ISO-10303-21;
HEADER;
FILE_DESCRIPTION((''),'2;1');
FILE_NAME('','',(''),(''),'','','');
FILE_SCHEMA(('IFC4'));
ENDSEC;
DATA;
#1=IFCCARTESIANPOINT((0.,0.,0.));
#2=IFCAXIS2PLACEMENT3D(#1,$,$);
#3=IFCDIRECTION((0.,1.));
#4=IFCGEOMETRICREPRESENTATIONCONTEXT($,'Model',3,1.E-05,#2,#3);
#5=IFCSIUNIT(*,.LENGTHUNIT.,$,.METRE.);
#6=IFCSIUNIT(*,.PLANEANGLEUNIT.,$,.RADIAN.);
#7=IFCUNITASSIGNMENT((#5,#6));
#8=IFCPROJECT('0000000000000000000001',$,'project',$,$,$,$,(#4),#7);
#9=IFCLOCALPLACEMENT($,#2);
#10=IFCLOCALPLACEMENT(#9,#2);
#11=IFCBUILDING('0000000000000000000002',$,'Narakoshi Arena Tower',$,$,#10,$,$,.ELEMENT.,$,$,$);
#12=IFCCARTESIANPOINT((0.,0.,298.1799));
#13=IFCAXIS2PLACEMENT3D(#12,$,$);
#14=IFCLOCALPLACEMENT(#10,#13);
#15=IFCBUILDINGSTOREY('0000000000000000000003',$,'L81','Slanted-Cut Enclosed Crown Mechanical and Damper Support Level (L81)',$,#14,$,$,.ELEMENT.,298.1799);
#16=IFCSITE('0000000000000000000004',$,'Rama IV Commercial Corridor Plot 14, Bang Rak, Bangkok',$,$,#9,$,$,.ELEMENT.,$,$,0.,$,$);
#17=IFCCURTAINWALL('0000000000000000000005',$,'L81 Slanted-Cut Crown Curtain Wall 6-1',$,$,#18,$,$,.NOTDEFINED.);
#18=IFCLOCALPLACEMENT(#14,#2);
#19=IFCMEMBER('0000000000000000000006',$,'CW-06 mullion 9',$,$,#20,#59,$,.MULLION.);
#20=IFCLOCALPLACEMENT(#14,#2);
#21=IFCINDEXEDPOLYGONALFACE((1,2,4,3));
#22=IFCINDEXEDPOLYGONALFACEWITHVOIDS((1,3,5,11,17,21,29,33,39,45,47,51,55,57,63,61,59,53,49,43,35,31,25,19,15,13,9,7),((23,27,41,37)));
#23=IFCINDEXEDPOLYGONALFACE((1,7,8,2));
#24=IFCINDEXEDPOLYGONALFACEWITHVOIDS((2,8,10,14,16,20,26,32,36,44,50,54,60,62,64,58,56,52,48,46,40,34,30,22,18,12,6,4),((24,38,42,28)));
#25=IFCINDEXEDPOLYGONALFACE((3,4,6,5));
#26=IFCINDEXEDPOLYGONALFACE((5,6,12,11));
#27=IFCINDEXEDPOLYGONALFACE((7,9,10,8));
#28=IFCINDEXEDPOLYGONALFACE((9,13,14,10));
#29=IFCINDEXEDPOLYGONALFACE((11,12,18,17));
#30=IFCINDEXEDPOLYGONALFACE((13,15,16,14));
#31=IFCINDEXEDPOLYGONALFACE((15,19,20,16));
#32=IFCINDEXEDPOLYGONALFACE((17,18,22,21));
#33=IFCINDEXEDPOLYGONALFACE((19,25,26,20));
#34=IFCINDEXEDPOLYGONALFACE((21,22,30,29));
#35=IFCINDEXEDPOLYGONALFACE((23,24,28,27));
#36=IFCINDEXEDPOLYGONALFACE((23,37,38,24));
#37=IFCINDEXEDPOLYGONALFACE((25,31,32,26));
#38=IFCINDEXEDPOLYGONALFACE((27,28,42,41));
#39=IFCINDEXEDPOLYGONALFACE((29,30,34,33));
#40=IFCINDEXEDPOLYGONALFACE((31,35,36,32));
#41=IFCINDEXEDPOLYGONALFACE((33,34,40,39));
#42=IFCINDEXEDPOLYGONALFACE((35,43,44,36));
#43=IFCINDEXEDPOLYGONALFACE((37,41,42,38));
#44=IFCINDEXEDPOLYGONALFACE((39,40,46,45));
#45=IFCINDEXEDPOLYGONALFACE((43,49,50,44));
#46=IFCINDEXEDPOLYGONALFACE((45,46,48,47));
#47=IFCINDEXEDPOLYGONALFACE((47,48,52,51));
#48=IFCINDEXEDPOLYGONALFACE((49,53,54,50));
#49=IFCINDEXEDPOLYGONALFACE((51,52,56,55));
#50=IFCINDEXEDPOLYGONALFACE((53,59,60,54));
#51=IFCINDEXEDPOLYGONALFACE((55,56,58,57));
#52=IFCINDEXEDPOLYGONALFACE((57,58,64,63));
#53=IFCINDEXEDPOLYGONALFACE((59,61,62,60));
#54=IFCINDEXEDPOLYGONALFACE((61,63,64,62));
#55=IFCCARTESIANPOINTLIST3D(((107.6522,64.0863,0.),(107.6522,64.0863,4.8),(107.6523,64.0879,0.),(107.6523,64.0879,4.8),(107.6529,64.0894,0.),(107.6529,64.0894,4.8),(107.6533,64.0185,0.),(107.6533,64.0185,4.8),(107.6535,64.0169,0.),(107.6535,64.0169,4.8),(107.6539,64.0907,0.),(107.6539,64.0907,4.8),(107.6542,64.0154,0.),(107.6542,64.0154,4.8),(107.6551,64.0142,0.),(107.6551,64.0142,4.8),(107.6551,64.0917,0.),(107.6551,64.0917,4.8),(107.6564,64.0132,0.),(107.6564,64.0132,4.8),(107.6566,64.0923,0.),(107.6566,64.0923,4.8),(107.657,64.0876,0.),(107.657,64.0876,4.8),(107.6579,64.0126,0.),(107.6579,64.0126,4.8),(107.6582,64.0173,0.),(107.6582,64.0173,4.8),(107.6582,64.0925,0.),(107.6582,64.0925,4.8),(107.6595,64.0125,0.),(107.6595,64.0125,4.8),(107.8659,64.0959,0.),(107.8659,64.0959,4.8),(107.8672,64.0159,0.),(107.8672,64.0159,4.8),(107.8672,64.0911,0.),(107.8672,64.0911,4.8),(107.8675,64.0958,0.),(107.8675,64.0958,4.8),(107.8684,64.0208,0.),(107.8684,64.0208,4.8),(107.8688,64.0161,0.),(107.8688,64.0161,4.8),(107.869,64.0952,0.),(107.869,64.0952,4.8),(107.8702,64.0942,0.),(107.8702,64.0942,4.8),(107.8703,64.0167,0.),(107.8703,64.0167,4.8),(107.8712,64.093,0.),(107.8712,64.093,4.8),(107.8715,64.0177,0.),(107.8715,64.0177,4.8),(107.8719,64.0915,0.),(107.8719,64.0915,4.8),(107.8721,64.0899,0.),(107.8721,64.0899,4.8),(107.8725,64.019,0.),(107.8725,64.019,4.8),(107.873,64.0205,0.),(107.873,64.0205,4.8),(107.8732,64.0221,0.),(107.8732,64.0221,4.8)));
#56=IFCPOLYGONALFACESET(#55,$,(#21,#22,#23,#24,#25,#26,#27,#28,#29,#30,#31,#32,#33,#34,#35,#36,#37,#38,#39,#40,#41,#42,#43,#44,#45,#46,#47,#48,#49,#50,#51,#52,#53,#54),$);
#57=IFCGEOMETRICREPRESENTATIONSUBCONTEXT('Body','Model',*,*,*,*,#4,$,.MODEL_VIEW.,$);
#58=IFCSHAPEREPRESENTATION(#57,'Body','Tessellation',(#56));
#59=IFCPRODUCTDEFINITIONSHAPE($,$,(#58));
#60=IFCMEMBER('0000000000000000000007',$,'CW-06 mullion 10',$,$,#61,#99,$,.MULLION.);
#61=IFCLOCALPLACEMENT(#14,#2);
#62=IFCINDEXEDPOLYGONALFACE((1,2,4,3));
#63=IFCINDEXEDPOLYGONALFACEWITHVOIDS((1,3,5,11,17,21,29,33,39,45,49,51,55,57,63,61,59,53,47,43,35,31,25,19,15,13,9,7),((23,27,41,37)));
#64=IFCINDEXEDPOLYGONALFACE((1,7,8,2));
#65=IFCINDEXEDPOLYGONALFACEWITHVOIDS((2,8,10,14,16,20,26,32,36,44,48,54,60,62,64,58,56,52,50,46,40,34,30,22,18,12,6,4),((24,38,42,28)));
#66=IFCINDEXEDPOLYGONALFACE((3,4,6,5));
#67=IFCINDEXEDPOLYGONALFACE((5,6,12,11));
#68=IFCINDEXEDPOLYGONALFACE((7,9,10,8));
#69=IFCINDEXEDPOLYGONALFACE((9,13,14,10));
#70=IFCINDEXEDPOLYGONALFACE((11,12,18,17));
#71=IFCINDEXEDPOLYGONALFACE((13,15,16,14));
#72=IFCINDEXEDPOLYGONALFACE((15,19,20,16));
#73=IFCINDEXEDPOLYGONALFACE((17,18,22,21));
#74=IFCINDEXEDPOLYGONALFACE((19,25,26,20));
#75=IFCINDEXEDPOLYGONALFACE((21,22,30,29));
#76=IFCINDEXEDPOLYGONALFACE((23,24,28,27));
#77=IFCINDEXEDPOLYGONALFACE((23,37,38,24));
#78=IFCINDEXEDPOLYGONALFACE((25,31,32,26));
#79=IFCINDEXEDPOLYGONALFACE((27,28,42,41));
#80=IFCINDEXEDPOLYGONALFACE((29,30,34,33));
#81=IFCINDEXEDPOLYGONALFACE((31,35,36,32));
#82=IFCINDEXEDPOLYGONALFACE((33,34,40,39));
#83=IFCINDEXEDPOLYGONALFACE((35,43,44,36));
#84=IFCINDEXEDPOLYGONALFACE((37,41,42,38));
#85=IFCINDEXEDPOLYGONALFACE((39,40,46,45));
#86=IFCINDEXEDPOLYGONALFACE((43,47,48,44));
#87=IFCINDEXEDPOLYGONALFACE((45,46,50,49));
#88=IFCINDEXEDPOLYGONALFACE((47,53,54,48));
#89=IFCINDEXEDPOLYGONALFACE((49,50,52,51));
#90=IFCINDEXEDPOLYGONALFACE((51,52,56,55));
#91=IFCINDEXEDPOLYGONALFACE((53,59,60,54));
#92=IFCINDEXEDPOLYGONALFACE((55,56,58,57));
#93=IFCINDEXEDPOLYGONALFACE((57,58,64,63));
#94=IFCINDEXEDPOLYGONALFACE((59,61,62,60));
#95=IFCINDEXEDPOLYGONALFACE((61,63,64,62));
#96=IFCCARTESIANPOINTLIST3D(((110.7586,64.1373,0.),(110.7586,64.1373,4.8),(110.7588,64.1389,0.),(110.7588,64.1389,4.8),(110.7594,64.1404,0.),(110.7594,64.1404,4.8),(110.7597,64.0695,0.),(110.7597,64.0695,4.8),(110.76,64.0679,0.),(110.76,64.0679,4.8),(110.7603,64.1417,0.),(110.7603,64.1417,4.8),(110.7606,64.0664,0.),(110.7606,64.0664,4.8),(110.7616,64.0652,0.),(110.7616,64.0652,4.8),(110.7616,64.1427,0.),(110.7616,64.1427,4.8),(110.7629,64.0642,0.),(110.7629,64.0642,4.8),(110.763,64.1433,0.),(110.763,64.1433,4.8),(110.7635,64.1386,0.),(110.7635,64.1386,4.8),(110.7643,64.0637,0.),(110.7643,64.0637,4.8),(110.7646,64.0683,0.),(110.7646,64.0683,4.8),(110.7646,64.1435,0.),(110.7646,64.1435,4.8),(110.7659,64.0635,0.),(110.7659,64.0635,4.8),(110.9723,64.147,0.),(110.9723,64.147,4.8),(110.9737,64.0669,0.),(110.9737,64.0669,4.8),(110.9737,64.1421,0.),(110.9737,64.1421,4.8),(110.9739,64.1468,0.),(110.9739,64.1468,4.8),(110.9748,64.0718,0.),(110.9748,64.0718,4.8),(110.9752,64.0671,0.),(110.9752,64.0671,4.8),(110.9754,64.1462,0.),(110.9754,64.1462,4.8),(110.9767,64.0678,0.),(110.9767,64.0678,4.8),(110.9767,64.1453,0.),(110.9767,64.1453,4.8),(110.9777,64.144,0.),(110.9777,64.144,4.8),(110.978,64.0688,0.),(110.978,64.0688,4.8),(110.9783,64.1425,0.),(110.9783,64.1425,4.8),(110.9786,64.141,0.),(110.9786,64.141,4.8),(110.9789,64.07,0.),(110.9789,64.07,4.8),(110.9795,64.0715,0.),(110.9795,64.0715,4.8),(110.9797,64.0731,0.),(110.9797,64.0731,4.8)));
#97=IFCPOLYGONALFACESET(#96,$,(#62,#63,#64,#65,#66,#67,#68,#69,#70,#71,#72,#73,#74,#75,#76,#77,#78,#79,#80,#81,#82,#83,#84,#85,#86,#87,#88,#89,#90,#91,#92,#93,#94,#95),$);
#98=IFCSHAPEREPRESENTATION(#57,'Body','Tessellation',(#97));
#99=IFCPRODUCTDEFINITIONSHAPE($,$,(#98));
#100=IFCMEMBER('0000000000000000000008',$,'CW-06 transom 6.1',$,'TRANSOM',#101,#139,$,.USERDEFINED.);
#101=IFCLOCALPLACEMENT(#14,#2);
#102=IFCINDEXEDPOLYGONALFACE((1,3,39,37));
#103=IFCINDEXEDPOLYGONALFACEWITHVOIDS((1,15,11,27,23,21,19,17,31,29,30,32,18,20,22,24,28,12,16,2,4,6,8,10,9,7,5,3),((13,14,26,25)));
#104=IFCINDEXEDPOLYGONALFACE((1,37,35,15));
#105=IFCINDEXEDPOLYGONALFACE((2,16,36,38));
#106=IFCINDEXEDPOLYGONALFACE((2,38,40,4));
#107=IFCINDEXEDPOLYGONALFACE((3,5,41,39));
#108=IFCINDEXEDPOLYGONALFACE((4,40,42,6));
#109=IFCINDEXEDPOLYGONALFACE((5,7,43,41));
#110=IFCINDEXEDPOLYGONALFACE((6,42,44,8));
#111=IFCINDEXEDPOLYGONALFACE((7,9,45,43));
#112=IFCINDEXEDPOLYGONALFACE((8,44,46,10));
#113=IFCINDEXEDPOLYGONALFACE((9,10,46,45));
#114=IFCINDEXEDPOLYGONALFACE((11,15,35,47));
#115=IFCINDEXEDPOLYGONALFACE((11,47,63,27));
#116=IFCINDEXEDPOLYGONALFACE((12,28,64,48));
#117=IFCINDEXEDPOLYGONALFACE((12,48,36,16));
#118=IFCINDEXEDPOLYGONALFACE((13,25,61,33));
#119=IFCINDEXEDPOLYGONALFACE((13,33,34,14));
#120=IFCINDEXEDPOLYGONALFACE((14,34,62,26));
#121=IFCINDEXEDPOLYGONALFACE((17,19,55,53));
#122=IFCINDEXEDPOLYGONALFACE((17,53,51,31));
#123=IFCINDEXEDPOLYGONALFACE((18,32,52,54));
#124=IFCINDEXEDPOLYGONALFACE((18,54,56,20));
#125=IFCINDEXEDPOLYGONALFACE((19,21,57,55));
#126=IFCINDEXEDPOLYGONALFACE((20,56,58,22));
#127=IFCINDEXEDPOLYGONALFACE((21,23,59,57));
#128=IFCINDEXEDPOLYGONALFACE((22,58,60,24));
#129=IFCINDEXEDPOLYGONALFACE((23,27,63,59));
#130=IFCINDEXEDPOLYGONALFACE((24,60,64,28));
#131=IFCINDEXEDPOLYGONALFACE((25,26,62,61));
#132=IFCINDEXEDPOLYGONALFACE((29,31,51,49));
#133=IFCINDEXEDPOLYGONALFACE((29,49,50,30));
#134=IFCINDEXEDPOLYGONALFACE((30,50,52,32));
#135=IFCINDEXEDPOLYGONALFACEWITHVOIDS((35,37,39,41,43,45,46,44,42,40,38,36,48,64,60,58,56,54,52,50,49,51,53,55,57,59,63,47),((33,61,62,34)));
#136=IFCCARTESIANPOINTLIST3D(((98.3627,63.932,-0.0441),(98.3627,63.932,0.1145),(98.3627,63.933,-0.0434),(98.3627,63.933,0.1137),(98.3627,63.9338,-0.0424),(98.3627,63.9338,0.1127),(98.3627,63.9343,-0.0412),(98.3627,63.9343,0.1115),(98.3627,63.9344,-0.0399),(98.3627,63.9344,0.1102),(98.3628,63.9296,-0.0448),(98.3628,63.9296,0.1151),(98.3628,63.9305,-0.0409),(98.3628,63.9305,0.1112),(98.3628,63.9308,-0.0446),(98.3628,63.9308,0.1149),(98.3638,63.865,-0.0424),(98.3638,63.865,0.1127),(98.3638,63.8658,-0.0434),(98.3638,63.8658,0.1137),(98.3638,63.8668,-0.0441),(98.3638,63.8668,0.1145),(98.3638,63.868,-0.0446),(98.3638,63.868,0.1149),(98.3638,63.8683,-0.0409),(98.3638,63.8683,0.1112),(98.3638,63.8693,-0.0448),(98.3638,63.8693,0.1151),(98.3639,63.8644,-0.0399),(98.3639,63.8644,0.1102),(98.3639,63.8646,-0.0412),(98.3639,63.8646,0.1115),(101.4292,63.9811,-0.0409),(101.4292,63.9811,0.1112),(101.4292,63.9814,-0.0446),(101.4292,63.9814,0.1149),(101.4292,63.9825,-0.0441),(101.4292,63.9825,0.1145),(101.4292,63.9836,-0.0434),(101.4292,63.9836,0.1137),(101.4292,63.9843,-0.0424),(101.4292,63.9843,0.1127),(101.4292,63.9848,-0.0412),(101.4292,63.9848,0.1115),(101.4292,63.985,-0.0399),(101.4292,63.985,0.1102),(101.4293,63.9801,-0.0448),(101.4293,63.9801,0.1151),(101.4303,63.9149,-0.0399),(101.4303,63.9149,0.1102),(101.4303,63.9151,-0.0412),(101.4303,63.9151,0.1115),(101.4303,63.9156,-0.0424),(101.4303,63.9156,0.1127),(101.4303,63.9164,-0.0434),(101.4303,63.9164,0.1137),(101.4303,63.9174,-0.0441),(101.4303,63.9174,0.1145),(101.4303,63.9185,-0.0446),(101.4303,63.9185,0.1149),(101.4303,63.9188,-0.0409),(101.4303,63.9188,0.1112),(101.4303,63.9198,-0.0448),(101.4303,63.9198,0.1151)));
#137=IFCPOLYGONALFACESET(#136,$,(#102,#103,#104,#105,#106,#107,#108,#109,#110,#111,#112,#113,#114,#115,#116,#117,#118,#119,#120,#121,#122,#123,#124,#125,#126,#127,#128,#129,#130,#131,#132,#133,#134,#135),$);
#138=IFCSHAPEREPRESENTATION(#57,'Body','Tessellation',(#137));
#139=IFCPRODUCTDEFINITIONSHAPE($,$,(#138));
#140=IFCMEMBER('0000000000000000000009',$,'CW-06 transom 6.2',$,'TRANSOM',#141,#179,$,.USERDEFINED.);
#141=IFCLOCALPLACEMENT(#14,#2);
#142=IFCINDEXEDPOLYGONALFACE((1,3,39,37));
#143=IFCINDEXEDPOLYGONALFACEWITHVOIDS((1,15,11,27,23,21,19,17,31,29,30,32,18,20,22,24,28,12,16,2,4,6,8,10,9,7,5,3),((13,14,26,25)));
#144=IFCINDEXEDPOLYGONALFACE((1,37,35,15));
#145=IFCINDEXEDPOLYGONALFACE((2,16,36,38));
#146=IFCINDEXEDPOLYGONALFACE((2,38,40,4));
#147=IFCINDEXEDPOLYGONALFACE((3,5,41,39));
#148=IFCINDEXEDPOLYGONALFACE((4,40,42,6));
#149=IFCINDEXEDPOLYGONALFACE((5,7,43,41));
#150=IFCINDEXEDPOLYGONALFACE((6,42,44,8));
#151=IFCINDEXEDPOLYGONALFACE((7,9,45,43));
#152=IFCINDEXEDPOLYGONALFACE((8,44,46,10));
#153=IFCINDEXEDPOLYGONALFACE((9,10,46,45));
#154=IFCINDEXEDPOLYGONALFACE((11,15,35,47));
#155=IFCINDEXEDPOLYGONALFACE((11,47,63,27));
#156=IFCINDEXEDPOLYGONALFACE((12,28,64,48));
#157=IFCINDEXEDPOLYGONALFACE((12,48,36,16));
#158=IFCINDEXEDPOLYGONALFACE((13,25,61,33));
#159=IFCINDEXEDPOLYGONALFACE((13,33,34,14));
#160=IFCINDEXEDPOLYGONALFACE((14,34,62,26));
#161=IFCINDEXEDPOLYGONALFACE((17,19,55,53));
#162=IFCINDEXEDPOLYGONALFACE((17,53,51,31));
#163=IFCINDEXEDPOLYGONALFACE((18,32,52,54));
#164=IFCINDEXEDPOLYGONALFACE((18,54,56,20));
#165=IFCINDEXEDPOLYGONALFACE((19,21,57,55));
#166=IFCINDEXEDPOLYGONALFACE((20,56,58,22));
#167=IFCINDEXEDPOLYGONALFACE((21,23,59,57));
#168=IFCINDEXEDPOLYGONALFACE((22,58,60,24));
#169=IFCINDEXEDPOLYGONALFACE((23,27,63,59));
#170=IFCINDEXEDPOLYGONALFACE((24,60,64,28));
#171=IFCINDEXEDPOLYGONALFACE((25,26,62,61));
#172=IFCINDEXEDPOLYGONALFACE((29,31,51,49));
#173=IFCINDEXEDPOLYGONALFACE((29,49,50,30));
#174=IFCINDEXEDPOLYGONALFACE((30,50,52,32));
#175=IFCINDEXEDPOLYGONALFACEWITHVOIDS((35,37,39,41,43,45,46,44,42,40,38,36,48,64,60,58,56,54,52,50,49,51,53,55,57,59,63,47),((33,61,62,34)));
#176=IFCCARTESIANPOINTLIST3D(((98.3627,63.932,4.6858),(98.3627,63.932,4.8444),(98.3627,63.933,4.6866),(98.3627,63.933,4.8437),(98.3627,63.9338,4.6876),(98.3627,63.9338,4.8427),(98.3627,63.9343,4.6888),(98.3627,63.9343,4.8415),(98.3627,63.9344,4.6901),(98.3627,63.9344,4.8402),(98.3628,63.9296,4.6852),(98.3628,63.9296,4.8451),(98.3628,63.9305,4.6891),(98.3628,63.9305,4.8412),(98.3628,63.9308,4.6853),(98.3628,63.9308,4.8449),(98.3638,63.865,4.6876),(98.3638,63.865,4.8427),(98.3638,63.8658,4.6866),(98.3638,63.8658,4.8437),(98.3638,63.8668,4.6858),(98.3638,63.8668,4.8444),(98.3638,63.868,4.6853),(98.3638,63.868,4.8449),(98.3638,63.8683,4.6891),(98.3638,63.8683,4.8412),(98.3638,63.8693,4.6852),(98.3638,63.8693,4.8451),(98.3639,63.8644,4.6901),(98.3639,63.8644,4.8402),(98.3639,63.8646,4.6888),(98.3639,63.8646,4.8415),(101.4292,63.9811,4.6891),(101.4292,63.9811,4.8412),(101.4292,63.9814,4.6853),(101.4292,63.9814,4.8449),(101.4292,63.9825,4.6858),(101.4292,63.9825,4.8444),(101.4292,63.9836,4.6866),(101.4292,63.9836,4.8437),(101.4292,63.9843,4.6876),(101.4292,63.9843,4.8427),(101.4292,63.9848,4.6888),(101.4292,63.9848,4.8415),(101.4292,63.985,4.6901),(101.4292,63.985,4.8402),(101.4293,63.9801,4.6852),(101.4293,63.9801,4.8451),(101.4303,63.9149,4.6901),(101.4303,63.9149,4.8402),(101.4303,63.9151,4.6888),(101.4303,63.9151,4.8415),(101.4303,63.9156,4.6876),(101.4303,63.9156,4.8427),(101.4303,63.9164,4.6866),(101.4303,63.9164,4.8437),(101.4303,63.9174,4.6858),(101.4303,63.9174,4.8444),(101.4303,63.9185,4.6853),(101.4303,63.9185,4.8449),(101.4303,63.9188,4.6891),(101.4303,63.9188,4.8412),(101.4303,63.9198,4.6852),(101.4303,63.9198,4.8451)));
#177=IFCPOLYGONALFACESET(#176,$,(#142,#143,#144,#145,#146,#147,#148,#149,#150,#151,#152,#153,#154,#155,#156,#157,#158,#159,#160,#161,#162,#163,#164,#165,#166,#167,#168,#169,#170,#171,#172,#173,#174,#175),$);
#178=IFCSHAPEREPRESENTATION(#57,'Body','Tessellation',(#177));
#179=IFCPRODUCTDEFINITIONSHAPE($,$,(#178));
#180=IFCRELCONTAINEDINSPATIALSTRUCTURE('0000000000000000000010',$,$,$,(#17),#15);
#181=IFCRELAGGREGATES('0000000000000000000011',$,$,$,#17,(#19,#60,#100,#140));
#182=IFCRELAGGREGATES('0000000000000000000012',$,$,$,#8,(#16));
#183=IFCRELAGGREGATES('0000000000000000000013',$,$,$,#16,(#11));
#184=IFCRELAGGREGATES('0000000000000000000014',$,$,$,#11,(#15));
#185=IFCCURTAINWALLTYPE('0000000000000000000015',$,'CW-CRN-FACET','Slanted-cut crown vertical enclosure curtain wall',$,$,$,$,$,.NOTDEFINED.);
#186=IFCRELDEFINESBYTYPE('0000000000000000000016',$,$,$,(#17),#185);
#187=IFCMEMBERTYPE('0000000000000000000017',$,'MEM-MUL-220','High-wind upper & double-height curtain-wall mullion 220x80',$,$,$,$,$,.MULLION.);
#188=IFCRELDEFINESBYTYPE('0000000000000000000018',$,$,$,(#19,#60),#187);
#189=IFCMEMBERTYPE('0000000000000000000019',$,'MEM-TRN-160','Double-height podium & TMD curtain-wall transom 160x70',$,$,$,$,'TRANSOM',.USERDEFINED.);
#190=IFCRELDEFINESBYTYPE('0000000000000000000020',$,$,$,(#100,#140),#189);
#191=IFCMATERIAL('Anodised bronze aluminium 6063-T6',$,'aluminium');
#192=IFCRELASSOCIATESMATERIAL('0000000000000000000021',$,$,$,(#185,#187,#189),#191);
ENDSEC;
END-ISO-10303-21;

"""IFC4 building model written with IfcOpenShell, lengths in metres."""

from ifc_helpers import new_model, si_unit, direction, frame, origin, origin_2d, place, context, subcontext, project, spatial, hollow_rectangle, extrude, material, material_profile, profile_set, type_object, element, aggregate, save


model = new_model("IFC4")

# Units and contexts
model_context = context("Model", 3, precision=1e-05, world=origin(), true_north=direction((0.0, 1.0)))
body_context = subcontext(model_context, "Body", "Model", "MODEL_VIEW")
ifc_project = project(units=[si_unit("LENGTHUNIT", "METRE"), si_unit("PLANEANGLEUNIT", "RADIAN")], contexts=[model_context])

# Site, building, storey
site_placement = place(None, origin())
site = spatial("IfcSite", under=ifc_project, at=site_placement, Name="Rama IV Commercial Corridor Plot 14, Bang Rak, Bangkok", CompositionType="ELEMENT", RefElevation=0.0)
building_placement = place(site_placement, origin())
building = spatial("IfcBuilding", under=site, at=building_placement, Name="Narakoshi Arena Tower", CompositionType="ELEMENT")
storey_placement = place(building_placement, frame((0.0, 0.0, 298.1799)))
storey = spatial("IfcBuildingStorey", under=building, at=storey_placement, Name="L81", Description="Slanted-Cut Enclosed Crown Mechanical and Damper Support Level (L81)", CompositionType="ELEMENT", Elevation=298.1799)

# Curtain wall, members
ifc_material_1 = material(Name="Anodised bronze aluminium 6063-T6", Category="aluminium")
curtain_wall_type = type_object("IfcCurtainWallType", Name="CW-CRN-FACET", Description="Slanted-cut crown vertical enclosure curtain wall", PredefinedType="NOTDEFINED", material=ifc_material_1)
curtain_wall_placement = place(storey_placement, origin())
curtain_wall = element("IfcCurtainWall", 1, at=curtain_wall_placement, inside=storey, type_object=curtain_wall_type, Name="L81 Slanted-Cut Crown Curtain Wall 6-1", PredefinedType="NOTDEFINED")
ifc_material_profile_1 = material_profile(ifc_material_1, hollow_rectangle(XDim=0.0801, YDim=0.22, WallThickness=0.0049, OuterFilletRadius=0.0061, at=origin_2d()), Name="MUL220x80x5")
ifc_profile_set_1 = profile_set([ifc_material_profile_1], Name="Anodised bronze aluminium 6063-T6")
member_type_1 = type_object("IfcMemberType", Name="MEM-MUL-220", Description="High-wind upper & double-height curtain-wall mullion 220x80", PredefinedType="MULLION", material=ifc_profile_set_1)
member_1_placement = place(storey_placement, frame((107.7627, 64.0542, 0.0), z_axis=(0.0, 0.0, 1.0), x_axis=(-0.016447, 0.999865, 0.0)))
member_1 = element("IfcMember", 2, at=member_1_placement, type_object=member_type_1, Name="CW-06 mullion 9", PredefinedType="MULLION", context=body_context, shape_type="SweptSolid", body=[
    extrude(hollow_rectangle(XDim=0.0801, YDim=0.22, WallThickness=0.0049, OuterFilletRadius=0.0061, at=origin_2d()), origin(), (0.0, 0.0, 1.0), 4.8),
])
member_2_placement = place(storey_placement, frame((110.8691, 64.1052, 0.0), z_axis=(0.0, 0.0, 1.0), x_axis=(-0.016447, 0.999865, 0.0)))
member_2 = element("IfcMember", 3, at=member_2_placement, type_object=member_type_1, Name="CW-06 mullion 10", PredefinedType="MULLION", context=body_context, shape_type="SweptSolid", body=[
    extrude(hollow_rectangle(XDim=0.0801, YDim=0.22, WallThickness=0.0049, OuterFilletRadius=0.0061, at=origin_2d()), origin(), (0.0, 0.0, 1.0), 4.8),
])
ifc_material_profile_2 = material_profile(ifc_material_1, hollow_rectangle(XDim=0.0701, YDim=0.1599, WallThickness=0.0039, OuterFilletRadius=0.0049, at=origin_2d()), Name="TRN160x70x4")
ifc_profile_set_2 = profile_set([ifc_material_profile_2], Name="Anodised bronze aluminium 6063-T6")
member_type_2 = type_object("IfcMemberType", Name="MEM-TRN-160", Description="Double-height podium & TMD curtain-wall transom 160x70", ElementType="TRANSOM", PredefinedType="USERDEFINED", material=ifc_profile_set_2)
member_3_placement = place(storey_placement, frame((98.3633, 63.8994, 0.0352), z_axis=(0.999864, 0.016479, 0.0), x_axis=(-0.016479, 0.999864, 0.0)))
member_3 = element("IfcMember", 4, at=member_3_placement, type_object=member_type_2, Name="CW-06 transom 6.1", ObjectType="TRANSOM", PredefinedType="USERDEFINED", context=body_context, shape_type="SweptSolid", body=[
    extrude(hollow_rectangle(XDim=0.0701, YDim=0.1599, WallThickness=0.0039, OuterFilletRadius=0.0049, at=origin_2d()), origin(), (0.0, 0.0, 1.0), 3.0669),
])
member_4_placement = place(storey_placement, frame((98.3633, 63.8994, 4.7651), z_axis=(0.999864, 0.016479, 0.0), x_axis=(-0.016479, 0.999864, 0.0)))
member_4 = element("IfcMember", 5, at=member_4_placement, type_object=member_type_2, Name="CW-06 transom 6.2", ObjectType="TRANSOM", PredefinedType="USERDEFINED", context=body_context, shape_type="SweptSolid", body=[
    extrude(hollow_rectangle(XDim=0.0701, YDim=0.1599, WallThickness=0.0039, OuterFilletRadius=0.0049, at=origin_2d()), origin(), (0.0, 0.0, 1.0), 3.0669),
])
aggregate(curtain_wall, [member_1, member_2, member_3, member_4])

save(model, "model.ifc")
